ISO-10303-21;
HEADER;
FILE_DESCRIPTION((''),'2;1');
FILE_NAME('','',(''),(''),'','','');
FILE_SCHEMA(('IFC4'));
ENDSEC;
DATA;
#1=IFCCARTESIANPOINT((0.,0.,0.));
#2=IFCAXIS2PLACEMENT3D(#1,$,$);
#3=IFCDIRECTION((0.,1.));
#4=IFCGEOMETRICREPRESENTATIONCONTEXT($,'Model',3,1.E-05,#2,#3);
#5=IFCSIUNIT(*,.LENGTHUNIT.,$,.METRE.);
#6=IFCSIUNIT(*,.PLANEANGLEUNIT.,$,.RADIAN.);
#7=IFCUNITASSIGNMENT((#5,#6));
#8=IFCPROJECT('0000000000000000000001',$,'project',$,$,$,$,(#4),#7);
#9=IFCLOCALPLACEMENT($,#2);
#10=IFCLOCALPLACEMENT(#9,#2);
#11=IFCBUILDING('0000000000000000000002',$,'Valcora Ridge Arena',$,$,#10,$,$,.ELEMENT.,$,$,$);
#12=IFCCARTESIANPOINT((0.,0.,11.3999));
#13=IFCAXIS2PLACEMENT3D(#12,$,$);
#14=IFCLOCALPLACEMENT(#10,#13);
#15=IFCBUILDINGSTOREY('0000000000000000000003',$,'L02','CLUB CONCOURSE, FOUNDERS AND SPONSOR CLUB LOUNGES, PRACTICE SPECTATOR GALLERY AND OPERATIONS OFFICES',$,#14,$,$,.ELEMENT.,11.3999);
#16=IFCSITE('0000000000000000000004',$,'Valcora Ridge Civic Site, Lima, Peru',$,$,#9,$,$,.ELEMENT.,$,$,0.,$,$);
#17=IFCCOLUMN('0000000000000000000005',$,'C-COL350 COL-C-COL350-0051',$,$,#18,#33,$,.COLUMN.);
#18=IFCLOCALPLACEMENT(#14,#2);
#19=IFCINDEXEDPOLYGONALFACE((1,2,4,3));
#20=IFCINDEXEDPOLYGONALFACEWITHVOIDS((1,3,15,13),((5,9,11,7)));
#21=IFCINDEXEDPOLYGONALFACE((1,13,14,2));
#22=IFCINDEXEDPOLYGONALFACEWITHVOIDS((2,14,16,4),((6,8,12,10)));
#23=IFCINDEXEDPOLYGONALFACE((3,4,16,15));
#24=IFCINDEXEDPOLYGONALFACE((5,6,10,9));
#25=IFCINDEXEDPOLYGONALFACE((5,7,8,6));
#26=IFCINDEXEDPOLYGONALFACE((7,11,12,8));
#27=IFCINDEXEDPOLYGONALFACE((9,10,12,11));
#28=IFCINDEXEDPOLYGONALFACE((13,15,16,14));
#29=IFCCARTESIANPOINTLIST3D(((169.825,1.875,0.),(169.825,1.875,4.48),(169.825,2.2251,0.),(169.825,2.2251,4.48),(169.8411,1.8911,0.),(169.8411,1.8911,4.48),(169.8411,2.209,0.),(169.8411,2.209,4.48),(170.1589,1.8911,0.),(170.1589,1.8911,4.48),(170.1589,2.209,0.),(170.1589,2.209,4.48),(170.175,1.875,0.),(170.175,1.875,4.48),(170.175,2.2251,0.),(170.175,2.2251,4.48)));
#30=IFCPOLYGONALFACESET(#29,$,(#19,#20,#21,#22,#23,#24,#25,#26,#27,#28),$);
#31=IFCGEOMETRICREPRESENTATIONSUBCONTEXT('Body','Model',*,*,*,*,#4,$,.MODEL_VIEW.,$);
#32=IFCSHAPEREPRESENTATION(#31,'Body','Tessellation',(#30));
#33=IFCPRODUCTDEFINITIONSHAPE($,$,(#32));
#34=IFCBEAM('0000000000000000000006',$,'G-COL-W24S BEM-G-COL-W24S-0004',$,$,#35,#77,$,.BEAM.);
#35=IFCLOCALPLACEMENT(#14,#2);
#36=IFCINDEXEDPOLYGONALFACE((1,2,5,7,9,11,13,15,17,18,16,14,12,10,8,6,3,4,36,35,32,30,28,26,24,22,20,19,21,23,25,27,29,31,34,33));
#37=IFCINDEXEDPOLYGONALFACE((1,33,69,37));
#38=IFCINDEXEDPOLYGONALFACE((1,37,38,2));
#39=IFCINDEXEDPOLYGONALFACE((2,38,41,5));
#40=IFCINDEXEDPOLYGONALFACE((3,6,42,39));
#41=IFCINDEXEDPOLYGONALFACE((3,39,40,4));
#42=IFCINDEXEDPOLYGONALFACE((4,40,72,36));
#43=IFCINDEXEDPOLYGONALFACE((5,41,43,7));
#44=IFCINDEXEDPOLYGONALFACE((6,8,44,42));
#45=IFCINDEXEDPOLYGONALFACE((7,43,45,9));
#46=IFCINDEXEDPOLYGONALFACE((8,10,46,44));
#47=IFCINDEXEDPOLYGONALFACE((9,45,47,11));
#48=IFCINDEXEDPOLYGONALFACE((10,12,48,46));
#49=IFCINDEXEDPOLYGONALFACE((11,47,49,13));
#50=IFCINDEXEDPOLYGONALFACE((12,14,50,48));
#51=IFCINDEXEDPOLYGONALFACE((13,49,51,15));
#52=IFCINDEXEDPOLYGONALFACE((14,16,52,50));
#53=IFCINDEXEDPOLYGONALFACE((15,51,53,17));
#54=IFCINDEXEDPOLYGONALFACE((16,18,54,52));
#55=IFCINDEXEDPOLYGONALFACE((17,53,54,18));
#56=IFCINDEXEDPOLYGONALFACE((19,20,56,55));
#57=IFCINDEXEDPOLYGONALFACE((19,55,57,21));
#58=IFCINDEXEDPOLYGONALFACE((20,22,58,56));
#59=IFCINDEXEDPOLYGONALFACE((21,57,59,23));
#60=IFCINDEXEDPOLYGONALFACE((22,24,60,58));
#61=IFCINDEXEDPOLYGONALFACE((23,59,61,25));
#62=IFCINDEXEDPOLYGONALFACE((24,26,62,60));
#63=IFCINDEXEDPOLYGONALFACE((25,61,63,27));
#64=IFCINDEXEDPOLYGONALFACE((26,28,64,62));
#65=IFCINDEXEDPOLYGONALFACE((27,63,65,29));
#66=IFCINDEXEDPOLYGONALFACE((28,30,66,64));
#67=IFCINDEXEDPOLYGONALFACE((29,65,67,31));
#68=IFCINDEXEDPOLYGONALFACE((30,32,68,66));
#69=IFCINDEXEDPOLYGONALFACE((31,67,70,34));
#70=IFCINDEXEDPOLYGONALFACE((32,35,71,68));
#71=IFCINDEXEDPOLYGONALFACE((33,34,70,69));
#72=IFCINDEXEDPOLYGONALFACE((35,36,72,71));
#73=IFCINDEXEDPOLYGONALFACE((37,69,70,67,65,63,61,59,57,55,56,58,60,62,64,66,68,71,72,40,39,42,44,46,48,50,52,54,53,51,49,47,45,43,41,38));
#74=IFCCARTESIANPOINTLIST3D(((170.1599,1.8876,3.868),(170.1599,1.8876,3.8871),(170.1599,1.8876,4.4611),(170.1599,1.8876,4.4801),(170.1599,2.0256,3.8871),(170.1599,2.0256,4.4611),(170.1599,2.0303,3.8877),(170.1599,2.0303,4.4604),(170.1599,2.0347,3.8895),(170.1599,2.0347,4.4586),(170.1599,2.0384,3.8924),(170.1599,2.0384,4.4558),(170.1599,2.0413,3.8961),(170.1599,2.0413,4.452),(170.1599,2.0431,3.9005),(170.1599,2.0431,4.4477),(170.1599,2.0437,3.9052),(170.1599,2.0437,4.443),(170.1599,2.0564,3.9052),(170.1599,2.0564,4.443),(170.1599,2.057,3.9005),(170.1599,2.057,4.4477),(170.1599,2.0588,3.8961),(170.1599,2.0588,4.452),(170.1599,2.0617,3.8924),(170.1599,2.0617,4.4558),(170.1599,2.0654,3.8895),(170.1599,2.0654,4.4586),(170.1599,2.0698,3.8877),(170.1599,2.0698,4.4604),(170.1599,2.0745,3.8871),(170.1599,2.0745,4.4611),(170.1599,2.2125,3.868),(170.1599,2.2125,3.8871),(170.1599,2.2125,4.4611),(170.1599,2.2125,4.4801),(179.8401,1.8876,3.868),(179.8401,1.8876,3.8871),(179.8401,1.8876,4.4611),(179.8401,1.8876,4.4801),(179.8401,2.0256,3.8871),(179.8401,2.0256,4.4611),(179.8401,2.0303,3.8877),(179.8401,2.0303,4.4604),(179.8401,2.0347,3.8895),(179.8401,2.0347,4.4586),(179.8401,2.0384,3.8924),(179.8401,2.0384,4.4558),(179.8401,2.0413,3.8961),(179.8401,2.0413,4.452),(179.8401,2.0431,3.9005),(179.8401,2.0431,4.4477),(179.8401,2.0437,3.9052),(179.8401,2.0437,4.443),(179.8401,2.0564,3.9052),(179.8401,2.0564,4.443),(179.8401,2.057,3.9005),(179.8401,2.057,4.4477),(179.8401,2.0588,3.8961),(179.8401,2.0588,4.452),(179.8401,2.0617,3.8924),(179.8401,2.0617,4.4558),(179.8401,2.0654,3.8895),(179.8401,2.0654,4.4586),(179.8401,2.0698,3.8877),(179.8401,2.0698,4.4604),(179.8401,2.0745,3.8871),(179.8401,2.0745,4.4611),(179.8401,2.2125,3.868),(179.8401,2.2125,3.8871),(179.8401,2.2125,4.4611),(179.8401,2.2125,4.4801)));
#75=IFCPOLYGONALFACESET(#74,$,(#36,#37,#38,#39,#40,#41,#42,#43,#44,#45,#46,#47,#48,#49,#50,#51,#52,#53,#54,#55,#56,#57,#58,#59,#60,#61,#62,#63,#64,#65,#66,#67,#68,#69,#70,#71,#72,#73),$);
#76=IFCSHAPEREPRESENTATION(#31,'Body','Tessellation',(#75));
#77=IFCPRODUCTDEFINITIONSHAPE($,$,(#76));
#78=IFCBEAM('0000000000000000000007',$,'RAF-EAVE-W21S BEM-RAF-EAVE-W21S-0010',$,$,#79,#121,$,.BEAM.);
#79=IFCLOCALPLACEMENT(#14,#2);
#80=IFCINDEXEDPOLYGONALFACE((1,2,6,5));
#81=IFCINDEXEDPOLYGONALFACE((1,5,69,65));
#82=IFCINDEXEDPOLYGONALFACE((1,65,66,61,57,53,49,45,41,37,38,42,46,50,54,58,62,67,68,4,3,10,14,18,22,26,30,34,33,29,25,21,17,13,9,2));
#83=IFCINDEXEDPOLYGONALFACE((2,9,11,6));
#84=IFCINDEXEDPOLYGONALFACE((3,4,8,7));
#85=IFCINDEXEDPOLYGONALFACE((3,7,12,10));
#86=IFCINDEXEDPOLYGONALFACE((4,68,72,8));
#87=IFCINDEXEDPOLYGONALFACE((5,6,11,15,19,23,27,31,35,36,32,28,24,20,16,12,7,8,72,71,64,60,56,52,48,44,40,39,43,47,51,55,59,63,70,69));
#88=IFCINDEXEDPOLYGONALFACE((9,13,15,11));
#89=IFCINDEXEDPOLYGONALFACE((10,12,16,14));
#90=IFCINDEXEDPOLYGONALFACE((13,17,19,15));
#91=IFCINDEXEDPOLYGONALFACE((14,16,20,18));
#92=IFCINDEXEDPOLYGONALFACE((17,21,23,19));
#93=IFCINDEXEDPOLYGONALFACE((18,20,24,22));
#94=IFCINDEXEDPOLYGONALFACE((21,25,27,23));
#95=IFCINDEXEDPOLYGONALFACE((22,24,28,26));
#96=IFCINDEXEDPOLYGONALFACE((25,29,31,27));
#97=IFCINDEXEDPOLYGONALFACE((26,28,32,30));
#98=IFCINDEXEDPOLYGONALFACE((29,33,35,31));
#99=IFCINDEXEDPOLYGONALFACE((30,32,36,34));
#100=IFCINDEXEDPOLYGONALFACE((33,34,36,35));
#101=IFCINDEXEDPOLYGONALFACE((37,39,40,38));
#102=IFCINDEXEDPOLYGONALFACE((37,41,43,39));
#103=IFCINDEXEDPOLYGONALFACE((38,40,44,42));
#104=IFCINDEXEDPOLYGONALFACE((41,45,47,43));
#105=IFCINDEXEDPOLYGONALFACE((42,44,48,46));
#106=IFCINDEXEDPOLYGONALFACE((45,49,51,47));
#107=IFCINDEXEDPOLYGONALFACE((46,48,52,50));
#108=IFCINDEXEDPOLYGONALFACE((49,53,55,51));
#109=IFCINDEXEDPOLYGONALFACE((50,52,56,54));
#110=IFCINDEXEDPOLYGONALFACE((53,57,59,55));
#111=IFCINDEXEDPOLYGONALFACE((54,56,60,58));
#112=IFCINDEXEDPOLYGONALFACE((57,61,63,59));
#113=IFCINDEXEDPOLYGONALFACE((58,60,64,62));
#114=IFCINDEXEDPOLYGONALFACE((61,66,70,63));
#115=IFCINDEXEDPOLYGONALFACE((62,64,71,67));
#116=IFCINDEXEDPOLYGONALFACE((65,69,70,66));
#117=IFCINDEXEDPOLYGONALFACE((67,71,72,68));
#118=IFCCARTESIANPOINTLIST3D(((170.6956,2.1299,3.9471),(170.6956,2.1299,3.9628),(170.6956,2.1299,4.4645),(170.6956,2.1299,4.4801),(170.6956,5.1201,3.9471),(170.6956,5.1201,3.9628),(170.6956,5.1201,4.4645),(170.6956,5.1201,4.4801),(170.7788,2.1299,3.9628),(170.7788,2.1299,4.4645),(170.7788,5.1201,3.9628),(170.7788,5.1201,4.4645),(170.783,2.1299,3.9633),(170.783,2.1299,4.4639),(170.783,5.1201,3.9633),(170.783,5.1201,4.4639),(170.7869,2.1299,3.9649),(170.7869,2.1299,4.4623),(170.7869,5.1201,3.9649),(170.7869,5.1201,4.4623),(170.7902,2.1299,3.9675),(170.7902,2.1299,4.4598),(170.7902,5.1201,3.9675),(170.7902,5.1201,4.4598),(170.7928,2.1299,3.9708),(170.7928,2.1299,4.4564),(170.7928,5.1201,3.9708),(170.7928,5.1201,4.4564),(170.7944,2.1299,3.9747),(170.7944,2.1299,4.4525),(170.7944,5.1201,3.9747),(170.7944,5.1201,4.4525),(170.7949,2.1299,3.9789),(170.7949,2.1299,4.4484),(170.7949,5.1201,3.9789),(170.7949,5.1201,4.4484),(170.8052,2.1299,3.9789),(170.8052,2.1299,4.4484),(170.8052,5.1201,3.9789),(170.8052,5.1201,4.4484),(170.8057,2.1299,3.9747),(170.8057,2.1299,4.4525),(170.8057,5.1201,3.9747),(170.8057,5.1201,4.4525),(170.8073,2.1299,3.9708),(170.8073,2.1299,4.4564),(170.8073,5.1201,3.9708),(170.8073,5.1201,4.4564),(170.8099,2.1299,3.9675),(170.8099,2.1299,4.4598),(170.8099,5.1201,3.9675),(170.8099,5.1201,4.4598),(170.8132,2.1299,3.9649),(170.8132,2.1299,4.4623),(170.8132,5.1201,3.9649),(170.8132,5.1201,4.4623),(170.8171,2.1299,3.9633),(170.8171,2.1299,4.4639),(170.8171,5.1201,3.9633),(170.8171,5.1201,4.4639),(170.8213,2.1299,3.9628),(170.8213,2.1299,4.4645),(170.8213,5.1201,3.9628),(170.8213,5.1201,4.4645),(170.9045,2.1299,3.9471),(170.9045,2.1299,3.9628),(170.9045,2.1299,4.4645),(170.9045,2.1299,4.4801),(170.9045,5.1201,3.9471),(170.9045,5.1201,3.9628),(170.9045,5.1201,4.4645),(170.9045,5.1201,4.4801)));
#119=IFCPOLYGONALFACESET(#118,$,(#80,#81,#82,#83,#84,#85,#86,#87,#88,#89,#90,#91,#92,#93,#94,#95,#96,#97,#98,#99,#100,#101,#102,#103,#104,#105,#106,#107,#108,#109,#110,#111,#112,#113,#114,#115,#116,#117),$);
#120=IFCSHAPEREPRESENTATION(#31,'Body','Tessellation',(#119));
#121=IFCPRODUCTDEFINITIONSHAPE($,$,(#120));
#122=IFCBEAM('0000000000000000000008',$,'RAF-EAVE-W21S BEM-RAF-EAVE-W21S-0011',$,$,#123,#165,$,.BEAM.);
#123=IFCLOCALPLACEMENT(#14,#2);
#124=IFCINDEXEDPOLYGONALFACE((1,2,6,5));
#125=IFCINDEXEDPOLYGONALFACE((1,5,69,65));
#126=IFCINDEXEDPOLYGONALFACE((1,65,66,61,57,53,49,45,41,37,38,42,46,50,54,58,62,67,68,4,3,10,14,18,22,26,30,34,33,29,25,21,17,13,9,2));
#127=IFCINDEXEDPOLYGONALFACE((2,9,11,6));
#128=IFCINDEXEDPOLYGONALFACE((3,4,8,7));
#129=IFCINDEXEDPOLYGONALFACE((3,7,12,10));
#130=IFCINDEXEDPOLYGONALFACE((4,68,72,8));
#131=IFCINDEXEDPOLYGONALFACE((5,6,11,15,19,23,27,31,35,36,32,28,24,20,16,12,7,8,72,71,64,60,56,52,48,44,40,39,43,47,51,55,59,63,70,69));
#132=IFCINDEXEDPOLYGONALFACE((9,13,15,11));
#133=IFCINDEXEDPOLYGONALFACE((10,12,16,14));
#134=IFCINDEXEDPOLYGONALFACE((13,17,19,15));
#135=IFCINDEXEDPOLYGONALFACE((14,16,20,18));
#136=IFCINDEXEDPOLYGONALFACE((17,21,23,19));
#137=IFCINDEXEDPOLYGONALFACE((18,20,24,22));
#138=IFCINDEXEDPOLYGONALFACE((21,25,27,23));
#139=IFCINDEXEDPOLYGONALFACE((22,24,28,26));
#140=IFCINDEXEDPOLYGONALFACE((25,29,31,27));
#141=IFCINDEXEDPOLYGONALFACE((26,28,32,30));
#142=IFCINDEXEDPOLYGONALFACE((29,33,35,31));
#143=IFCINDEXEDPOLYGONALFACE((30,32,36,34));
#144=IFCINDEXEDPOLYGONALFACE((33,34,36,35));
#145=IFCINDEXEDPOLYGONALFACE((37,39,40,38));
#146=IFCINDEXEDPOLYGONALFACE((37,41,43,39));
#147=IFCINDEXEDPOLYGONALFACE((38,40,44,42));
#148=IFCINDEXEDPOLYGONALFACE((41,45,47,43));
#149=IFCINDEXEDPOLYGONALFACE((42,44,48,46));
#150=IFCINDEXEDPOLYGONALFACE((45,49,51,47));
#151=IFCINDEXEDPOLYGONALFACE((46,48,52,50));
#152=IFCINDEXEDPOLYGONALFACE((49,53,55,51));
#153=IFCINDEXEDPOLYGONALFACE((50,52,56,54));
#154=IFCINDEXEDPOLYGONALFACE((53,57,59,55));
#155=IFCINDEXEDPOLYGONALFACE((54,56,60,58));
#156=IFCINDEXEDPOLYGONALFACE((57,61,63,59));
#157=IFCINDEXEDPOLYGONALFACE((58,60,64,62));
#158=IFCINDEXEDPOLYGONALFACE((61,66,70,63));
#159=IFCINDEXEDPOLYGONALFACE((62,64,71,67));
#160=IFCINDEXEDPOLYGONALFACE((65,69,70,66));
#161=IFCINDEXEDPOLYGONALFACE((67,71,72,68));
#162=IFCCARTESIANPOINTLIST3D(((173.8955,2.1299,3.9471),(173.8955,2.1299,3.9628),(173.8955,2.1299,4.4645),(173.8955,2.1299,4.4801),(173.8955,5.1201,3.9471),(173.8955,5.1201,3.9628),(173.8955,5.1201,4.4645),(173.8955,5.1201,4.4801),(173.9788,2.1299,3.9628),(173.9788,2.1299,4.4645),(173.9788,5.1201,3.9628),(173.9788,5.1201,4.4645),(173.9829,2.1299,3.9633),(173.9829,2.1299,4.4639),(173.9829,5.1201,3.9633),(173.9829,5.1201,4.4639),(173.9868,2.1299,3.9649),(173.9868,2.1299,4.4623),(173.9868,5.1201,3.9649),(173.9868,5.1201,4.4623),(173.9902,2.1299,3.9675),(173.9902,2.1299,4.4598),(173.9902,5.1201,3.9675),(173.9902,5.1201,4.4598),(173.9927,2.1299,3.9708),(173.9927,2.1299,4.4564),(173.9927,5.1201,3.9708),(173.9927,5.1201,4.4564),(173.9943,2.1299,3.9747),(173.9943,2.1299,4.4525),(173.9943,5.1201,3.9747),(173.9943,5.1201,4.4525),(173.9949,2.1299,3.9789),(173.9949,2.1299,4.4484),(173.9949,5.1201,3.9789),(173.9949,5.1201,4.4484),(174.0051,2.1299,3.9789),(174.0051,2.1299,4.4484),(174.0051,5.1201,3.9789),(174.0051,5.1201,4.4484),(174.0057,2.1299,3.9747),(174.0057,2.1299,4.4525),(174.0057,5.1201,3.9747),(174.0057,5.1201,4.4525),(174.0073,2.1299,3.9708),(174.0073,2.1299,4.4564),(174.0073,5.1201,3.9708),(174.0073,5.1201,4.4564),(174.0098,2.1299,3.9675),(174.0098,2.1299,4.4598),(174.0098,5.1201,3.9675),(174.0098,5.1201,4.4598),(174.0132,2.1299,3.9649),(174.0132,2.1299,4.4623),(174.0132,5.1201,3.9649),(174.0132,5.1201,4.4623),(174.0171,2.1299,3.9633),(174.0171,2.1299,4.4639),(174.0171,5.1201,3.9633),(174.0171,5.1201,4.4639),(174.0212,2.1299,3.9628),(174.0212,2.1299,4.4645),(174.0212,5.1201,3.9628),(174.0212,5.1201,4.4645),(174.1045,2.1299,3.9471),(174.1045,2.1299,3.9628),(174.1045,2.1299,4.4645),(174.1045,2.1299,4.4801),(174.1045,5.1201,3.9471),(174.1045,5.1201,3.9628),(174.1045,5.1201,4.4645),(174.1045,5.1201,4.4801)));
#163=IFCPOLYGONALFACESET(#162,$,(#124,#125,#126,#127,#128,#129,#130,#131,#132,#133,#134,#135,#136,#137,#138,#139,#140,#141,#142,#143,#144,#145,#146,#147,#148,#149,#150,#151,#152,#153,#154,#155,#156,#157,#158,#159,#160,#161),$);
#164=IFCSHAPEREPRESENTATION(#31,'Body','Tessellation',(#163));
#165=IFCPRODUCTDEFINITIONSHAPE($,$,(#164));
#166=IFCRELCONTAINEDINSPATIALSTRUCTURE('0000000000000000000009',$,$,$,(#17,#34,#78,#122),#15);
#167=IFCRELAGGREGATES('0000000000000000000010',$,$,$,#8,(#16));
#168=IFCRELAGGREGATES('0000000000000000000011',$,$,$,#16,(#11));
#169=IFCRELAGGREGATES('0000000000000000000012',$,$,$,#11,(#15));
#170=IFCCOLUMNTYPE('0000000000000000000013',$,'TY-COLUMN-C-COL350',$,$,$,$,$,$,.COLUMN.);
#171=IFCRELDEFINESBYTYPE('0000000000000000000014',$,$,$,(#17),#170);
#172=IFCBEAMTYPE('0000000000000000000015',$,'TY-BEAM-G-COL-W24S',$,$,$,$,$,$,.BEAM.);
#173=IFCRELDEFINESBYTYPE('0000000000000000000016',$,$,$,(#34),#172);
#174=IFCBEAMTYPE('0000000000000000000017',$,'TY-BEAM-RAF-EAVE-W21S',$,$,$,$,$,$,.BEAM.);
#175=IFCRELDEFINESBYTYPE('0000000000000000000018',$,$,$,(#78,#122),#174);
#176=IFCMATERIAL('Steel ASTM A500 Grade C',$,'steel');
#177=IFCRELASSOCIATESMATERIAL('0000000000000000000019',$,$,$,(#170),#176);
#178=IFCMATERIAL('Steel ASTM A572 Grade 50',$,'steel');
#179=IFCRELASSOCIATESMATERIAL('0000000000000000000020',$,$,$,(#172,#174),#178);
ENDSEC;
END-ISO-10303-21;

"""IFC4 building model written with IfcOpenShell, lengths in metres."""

from ifc_helpers import new_model, si_unit, direction, frame, origin, origin_2d, place, context, subcontext, project, spatial, hollow_rectangle, i_section, extrude, material, material_profile, profile_set, type_object, element, save


model = new_model("IFC4")

# Units and contexts
model_context = context("Model", 3, precision=1e-05, world=origin(), true_north=direction((0.0, 1.0)))
body_context = subcontext(model_context, "Body", "Model", "MODEL_VIEW")
ifc_project = project(units=[si_unit("LENGTHUNIT", "METRE"), si_unit("PLANEANGLEUNIT", "RADIAN")], contexts=[model_context])

# Site, building, storey
site_placement = place(None, origin())
site = spatial("IfcSite", under=ifc_project, at=site_placement, Name="Valcora Ridge Civic Site, Lima, Peru", CompositionType="ELEMENT", RefElevation=0.0)
building_placement = place(site_placement, origin())
building = spatial("IfcBuilding", under=site, at=building_placement, Name="Valcora Ridge Arena", CompositionType="ELEMENT")
storey_placement = place(building_placement, frame((0.0, 0.0, 11.3999)))
storey = spatial("IfcBuildingStorey", under=building, at=storey_placement, Name="L02", Description="CLUB CONCOURSE, FOUNDERS AND SPONSOR CLUB LOUNGES, PRACTICE SPECTATOR GALLERY AND OPERATIONS OFFICES", CompositionType="ELEMENT", Elevation=11.3999)

# Column
ifc_material_1 = material(Name="Steel ASTM A500 Grade C", Category="steel")
ifc_material_profile_1 = material_profile(ifc_material_1, hollow_rectangle(XDim=0.3501, YDim=0.3501, WallThickness=0.0161, at=origin_2d()), Name="HSS350X350X16")
ifc_profile_set_1 = profile_set([ifc_material_profile_1], Name="Steel ASTM A500 Grade C")
column_type = type_object("IfcColumnType", Name="TY-COLUMN-C-COL350", PredefinedType="COLUMN", material=ifc_profile_set_1)
column_placement = place(storey_placement, frame((170.0, 2.05, 0.0), z_axis=(0.0, 0.0, 1.0), x_axis=(1.0, 0.0, 0.0)))
element("IfcColumn", 1, at=column_placement, inside=storey, type_object=column_type, Name="C-COL350 COL-C-COL350-0051", PredefinedType="COLUMN", context=body_context, shape_type="SweptSolid", body=[
    extrude(hollow_rectangle(XDim=0.3501, YDim=0.3501, WallThickness=0.0161, at=origin_2d()), origin(), (0.0, 0.0, 1.0), 4.48),
])

# Beams
ifc_material_2 = material(Name="Steel ASTM A572 Grade 50", Category="steel")
ifc_material_profile_2 = material_profile(ifc_material_2, i_section(OverallWidth=0.325, OverallDepth=0.6121, WebThickness=0.0127, FlangeThickness=0.019, FilletRadius=0.0181, at=origin_2d()), Name="W24X104")
ifc_profile_set_2 = profile_set([ifc_material_profile_2], Name="Steel ASTM A572 Grade 50")
beam_type_1 = type_object("IfcBeamType", Name="TY-BEAM-G-COL-W24S", PredefinedType="BEAM", material=ifc_profile_set_2)
beam_placement = place(storey_placement, frame((170.1599, 2.05, 4.1741), z_axis=(1.0, 0.0, 0.0), x_axis=(0.0, 1.0, 0.0)))
element("IfcBeam", 2, at=beam_placement, inside=storey, type_object=beam_type_1, Name="G-COL-W24S BEM-G-COL-W24S-0004", PredefinedType="BEAM", context=body_context, shape_type="SweptSolid", body=[
    extrude(i_section(OverallWidth=0.325, OverallDepth=0.6121, WebThickness=0.0127, FlangeThickness=0.019, FilletRadius=0.0181, at=origin_2d()), origin(), (0.0, 0.0, 1.0), 9.6802),
])
ifc_material_profile_3 = material_profile(ifc_material_2, i_section(OverallWidth=0.209, OverallDepth=0.533, WebThickness=0.0103, FlangeThickness=0.0156, FilletRadius=0.0161, at=origin_2d()), Name="W21X62")
ifc_profile_set_3 = profile_set([ifc_material_profile_3], Name="Steel ASTM A572 Grade 50")
beam_type_2 = type_object("IfcBeamType", Name="TY-BEAM-RAF-EAVE-W21S", PredefinedType="BEAM", material=ifc_profile_set_3)
for number, where, z_axis, x_axis, name in (
    (3, (170.8, 2.1299, 4.2136), (0.0, 1.0, 0.0), (-1.0, 0.0, 0.0), "RAF-EAVE-W21S BEM-RAF-EAVE-W21S-0010"),
    (4, (174.0, 2.1299, 4.2136), (0.0, 1.0, 0.0), (-1.0, 0.0, 0.0), "RAF-EAVE-W21S BEM-RAF-EAVE-W21S-0011"),
):
    element("IfcBeam", number, at=place(storey_placement, frame(where, z_axis=z_axis, x_axis=x_axis)), inside=storey, type_object=beam_type_2, Name=name, PredefinedType="BEAM", context=body_context, shape_type="SweptSolid", body=[
        extrude(i_section(OverallWidth=0.209, OverallDepth=0.533, WebThickness=0.0103, FlangeThickness=0.0156, FilletRadius=0.0161, at=origin_2d()), origin(), (0.0, 0.0, 1.0), 2.9902),
    ])

save(model, "model.ifc")
